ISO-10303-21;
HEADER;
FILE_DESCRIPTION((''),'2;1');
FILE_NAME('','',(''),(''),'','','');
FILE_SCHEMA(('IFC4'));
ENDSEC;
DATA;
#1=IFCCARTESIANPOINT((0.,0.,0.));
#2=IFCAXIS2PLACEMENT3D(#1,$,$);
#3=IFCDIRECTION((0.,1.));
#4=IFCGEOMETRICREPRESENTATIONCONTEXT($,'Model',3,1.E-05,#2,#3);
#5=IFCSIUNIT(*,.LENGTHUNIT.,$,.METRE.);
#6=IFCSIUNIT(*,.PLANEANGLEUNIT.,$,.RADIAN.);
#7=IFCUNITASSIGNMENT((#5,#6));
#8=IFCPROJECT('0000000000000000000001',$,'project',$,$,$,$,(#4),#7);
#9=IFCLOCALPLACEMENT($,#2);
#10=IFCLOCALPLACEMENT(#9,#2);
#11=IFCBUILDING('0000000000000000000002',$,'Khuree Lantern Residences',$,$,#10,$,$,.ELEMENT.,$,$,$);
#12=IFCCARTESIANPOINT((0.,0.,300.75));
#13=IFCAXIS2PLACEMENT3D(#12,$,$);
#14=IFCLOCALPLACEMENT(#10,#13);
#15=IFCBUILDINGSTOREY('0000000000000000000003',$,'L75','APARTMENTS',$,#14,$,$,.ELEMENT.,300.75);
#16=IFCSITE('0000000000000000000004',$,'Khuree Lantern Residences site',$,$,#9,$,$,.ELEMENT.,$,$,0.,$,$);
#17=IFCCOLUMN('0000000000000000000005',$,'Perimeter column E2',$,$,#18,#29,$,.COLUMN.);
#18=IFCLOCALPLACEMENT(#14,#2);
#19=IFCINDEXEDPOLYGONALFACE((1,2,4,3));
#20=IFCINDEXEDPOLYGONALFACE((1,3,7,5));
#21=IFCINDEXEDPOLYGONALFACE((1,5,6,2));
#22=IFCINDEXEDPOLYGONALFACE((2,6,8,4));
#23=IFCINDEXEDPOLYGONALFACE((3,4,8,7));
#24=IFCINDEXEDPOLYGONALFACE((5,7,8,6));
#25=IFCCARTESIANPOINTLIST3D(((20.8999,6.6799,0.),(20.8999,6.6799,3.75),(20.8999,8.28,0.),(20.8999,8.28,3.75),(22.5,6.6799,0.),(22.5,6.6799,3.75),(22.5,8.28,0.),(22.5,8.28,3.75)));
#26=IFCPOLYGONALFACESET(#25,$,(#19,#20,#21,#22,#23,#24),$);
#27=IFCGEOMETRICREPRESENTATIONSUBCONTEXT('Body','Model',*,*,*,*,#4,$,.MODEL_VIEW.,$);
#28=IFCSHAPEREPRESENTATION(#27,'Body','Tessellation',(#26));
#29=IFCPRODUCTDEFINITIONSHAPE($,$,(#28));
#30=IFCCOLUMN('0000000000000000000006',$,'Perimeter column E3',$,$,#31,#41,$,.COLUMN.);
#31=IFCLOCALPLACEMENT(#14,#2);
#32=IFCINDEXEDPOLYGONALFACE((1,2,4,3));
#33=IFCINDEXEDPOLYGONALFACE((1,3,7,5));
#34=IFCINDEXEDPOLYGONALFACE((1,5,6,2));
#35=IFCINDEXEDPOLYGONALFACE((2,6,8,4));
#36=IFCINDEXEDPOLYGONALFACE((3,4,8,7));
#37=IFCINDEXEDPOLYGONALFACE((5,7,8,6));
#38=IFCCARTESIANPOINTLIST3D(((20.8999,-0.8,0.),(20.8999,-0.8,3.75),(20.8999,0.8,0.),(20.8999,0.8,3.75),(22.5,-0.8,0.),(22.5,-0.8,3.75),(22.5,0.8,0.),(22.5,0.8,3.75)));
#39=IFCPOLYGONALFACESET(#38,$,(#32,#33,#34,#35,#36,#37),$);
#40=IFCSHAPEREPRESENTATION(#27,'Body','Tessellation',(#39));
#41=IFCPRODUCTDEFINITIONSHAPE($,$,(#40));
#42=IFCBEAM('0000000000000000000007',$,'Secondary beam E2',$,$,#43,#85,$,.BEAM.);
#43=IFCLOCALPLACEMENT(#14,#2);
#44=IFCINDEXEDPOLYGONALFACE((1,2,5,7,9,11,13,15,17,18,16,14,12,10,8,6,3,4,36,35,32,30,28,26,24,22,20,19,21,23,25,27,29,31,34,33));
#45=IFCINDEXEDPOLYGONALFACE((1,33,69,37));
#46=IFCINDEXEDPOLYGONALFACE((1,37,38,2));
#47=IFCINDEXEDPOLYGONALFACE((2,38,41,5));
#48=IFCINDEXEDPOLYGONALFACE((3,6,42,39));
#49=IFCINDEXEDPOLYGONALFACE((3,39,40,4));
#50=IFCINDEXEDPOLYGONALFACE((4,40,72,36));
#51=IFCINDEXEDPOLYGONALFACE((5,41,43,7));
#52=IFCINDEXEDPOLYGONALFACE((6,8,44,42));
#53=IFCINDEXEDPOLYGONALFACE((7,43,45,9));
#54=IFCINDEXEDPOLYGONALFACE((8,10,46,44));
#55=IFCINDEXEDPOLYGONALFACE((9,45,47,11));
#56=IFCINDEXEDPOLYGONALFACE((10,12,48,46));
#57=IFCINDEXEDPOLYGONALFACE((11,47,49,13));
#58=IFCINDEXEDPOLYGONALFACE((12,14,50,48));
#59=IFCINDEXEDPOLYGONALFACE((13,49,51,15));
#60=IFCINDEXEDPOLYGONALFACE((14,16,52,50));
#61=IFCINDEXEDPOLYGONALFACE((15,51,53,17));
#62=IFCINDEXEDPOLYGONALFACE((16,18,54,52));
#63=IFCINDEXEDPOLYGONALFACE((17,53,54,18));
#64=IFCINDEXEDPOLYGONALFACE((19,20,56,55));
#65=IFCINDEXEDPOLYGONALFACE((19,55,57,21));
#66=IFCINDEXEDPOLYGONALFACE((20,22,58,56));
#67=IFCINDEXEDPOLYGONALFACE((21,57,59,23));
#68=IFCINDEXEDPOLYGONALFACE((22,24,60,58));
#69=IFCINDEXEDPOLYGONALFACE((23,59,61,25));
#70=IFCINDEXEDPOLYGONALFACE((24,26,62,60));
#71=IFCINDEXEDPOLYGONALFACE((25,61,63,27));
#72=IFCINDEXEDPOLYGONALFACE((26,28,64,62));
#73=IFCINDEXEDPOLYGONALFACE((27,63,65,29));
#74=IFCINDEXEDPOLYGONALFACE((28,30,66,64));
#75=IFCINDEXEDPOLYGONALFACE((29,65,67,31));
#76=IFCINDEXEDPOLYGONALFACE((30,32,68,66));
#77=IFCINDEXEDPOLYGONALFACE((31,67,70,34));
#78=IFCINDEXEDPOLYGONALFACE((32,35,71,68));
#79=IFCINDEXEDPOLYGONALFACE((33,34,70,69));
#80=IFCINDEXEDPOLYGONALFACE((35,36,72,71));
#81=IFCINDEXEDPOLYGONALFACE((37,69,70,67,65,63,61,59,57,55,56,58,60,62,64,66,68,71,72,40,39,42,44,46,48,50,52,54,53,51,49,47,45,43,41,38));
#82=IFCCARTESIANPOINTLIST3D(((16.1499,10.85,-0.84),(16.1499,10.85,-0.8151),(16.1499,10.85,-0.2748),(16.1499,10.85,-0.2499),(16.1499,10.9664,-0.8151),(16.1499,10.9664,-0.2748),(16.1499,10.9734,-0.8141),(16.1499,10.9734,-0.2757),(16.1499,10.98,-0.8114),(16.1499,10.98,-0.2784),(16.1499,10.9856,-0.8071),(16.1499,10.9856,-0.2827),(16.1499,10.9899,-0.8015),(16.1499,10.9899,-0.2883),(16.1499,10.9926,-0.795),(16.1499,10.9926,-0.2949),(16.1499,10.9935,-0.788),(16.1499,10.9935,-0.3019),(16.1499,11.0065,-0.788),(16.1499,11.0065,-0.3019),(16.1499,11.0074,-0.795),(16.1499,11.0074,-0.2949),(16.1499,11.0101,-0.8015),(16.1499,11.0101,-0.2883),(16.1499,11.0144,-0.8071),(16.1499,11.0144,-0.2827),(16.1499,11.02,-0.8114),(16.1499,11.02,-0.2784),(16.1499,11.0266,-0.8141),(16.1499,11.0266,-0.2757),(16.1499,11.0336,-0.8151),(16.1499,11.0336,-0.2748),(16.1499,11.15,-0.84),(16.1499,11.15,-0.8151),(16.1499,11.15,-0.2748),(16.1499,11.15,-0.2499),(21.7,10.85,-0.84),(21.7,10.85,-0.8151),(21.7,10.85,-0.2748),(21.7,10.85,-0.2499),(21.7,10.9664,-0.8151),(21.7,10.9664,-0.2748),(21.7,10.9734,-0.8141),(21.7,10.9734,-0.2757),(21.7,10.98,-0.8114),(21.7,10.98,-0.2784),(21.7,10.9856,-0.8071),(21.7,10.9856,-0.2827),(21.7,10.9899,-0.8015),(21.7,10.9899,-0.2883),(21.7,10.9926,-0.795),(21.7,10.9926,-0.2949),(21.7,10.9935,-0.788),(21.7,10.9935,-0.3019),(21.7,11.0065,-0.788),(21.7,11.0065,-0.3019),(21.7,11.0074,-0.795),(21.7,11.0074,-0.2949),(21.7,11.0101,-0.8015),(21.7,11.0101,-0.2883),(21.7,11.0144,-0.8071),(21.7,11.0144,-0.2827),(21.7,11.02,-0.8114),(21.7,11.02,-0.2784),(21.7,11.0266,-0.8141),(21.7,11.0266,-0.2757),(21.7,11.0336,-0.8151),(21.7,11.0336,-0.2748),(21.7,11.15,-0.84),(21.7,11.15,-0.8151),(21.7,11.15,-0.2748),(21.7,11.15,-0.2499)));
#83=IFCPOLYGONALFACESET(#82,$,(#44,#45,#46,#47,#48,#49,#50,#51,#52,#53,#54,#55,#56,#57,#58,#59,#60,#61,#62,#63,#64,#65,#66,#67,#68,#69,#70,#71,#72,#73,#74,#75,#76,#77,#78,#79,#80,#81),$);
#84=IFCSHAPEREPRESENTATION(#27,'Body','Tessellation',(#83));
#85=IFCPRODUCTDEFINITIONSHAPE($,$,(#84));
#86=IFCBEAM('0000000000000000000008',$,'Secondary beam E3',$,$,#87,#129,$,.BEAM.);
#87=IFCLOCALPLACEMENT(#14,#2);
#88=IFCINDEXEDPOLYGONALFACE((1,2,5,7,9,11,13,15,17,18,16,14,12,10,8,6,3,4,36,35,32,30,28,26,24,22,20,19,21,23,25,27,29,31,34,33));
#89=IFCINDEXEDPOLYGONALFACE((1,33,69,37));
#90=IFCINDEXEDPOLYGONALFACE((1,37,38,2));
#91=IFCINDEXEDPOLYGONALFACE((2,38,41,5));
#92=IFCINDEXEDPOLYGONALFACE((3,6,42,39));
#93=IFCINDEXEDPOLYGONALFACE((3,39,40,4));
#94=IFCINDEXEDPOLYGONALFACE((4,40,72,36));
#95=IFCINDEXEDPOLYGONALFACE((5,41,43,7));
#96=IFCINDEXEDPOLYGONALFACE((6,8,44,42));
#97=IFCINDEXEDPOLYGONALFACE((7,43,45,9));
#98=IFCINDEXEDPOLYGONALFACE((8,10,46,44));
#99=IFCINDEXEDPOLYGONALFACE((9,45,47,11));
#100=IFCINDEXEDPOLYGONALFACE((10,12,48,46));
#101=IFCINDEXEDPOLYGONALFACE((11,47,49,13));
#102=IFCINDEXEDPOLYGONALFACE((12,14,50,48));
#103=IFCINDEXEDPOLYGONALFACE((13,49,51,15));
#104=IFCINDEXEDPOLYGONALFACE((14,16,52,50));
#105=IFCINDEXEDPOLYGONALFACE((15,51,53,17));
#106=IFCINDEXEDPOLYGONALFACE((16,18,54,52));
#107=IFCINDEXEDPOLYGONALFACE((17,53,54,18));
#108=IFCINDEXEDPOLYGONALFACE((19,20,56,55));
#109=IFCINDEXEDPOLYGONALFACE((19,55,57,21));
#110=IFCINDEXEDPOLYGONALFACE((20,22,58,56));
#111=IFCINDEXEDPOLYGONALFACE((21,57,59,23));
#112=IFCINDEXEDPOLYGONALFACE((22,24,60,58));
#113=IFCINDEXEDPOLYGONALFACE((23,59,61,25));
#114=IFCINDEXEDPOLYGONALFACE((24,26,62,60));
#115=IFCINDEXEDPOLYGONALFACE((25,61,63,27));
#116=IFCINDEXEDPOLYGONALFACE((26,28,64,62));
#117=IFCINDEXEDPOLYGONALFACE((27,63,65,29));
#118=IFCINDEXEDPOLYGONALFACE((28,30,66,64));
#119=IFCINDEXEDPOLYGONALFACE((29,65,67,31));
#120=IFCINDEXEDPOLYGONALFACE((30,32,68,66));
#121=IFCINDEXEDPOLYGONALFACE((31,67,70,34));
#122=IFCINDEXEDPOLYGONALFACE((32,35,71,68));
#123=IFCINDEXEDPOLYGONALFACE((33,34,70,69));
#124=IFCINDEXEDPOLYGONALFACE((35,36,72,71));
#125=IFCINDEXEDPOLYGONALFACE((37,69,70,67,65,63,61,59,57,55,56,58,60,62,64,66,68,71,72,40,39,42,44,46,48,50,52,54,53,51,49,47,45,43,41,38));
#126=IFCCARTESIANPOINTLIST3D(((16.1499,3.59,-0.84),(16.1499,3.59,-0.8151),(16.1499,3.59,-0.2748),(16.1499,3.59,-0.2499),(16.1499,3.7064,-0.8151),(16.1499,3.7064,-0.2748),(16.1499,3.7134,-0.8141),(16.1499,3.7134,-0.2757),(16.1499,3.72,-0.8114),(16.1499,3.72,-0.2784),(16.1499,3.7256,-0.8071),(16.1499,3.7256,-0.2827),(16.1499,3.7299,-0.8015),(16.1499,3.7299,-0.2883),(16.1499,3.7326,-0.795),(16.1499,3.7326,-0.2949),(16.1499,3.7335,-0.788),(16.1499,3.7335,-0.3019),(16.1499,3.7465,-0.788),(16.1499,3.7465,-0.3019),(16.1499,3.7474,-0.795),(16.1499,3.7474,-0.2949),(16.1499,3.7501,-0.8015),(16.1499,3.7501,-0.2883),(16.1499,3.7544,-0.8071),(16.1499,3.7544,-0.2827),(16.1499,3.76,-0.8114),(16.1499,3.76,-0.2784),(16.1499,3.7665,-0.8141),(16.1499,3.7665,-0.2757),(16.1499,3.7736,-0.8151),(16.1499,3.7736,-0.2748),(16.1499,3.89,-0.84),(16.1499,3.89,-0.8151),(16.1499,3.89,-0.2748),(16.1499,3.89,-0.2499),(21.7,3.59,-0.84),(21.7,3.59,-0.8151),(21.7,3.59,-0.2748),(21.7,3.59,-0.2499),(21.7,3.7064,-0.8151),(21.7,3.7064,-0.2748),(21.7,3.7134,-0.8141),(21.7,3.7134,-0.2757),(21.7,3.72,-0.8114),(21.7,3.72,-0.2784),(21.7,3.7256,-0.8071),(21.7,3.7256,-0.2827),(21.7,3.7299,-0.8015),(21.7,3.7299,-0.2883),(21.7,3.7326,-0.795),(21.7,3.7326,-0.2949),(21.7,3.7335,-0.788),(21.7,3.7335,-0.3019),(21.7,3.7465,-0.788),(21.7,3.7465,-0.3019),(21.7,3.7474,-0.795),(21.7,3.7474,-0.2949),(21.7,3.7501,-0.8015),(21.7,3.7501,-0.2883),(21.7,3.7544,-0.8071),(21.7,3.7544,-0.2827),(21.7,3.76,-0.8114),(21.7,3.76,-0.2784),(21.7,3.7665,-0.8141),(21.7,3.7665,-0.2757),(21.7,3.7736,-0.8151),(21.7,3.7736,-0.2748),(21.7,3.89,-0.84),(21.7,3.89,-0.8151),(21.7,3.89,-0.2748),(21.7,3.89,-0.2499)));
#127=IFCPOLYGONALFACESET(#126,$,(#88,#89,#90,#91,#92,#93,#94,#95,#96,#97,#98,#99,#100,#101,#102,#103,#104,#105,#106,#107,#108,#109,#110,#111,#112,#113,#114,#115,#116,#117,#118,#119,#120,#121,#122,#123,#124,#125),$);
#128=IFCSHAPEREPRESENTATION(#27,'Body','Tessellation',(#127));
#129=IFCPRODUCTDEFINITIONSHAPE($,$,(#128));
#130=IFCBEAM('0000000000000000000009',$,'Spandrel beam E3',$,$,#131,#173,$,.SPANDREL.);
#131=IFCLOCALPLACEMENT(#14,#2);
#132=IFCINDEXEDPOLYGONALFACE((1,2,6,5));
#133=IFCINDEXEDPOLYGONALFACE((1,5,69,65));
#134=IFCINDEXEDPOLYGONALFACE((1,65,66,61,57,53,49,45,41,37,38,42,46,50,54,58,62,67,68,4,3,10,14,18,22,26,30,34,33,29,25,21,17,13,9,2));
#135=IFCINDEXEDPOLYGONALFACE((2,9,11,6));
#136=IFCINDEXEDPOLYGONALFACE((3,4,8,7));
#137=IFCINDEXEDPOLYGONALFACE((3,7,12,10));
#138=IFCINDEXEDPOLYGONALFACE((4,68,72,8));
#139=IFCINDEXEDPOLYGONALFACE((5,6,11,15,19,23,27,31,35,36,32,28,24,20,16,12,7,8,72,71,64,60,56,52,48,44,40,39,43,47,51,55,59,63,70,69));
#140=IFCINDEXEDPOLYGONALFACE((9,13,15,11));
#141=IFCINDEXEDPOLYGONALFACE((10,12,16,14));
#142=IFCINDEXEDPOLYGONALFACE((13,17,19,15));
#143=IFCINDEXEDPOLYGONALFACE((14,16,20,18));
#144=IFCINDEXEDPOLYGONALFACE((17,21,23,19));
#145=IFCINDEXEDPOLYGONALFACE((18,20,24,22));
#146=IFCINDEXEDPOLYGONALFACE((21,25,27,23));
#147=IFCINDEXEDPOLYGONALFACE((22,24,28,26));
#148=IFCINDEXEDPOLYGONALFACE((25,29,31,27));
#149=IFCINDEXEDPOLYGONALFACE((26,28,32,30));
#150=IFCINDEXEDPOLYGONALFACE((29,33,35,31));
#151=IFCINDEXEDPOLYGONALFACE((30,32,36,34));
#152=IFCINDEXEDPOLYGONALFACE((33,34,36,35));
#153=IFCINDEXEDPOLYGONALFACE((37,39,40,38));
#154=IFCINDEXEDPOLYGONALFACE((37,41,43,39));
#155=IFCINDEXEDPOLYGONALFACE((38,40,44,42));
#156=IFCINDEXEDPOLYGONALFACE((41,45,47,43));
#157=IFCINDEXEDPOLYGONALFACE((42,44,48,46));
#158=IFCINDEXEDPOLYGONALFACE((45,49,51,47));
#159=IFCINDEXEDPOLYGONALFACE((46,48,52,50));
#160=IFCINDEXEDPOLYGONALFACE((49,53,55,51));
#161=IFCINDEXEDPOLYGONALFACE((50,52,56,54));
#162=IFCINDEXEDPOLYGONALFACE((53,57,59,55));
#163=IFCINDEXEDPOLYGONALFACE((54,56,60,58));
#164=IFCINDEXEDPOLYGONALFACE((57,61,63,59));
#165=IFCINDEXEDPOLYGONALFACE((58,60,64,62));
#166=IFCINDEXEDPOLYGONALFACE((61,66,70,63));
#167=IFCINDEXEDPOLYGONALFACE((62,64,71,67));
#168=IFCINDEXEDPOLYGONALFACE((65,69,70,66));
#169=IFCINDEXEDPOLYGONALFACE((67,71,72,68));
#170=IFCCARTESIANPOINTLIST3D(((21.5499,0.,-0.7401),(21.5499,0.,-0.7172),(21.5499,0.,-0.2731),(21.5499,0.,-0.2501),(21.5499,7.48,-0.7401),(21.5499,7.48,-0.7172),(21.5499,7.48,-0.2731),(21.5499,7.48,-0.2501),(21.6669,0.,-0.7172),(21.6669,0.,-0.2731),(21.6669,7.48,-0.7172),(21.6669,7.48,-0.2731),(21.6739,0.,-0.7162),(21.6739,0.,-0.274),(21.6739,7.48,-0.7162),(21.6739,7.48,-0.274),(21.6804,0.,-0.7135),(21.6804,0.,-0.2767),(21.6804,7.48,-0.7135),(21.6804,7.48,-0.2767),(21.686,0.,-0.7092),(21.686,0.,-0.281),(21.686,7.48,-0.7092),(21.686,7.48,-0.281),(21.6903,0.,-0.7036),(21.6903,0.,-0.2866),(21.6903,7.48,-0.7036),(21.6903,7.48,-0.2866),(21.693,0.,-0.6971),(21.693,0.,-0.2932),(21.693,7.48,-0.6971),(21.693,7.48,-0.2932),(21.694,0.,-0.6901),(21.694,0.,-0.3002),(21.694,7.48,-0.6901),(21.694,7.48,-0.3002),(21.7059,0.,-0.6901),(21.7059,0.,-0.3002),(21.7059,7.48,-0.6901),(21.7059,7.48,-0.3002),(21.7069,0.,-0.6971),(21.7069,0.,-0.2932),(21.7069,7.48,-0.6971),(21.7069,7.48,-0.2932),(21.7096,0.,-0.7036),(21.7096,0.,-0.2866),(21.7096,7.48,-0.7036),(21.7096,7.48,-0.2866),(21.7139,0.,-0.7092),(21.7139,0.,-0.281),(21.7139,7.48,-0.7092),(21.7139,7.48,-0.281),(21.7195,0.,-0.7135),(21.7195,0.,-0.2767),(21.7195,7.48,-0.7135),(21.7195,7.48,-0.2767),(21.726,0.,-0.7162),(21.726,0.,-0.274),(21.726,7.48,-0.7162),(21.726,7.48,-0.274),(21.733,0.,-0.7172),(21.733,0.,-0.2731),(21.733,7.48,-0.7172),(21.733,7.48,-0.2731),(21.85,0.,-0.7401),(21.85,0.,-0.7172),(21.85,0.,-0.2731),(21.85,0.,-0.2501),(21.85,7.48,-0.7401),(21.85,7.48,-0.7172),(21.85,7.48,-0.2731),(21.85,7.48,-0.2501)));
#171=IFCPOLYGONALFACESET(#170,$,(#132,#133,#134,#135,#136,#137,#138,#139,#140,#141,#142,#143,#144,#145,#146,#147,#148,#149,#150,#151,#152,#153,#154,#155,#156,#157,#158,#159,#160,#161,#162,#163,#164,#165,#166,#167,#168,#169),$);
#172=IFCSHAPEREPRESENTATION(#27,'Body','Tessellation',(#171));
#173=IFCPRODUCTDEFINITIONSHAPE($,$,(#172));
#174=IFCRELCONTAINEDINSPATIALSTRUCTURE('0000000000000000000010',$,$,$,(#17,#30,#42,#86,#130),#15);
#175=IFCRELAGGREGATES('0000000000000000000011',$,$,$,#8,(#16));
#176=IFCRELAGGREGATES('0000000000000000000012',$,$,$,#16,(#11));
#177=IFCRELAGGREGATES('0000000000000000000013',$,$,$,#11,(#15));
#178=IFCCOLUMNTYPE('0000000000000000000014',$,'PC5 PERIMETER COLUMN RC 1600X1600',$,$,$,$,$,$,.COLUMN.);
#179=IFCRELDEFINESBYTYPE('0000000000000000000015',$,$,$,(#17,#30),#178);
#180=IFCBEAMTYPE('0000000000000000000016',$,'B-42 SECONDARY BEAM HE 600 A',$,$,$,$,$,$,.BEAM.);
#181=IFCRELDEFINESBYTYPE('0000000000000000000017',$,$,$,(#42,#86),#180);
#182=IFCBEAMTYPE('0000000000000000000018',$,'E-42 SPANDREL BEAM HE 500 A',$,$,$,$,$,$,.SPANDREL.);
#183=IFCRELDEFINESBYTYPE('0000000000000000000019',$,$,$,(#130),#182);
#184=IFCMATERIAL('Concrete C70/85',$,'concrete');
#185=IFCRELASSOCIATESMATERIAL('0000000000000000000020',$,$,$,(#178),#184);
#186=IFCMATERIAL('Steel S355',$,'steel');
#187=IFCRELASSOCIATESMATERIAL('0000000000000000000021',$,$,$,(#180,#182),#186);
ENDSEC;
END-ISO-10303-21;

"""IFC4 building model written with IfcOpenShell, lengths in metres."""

from ifc_helpers import new_model, si_unit, direction, frame, origin, origin_2d, place, context, subcontext, project, spatial, rectangle, i_section, extrude, material, material_profile, profile_set, type_object, element, save


model = new_model("IFC4")

# Units and contexts
model_context = context("Model", 3, precision=1e-05, world=origin(), true_north=direction((0.0, 1.0)))
body_context = subcontext(model_context, "Body", "Model", "MODEL_VIEW")
ifc_project = project(units=[si_unit("LENGTHUNIT", "METRE"), si_unit("PLANEANGLEUNIT", "RADIAN")], contexts=[model_context])

# Site, building, storey
site_placement = place(None, origin())
site = spatial("IfcSite", under=ifc_project, at=site_placement, Name="Khuree Lantern Residences site", CompositionType="ELEMENT", RefElevation=0.0)
building_placement = place(site_placement, origin())
building = spatial("IfcBuilding", under=site, at=building_placement, Name="Khuree Lantern Residences", CompositionType="ELEMENT")
storey_placement = place(building_placement, frame((0.0, 0.0, 300.75)))
storey = spatial("IfcBuildingStorey", under=building, at=storey_placement, Name="L75", Description="APARTMENTS", CompositionType="ELEMENT", Elevation=300.75)

# Columns
ifc_material_1 = material(Name="Concrete C70/85", Category="concrete")
ifc_material_profile_1 = material_profile(ifc_material_1, rectangle(XDim=1.6001, YDim=1.6001, at=origin_2d()), Name="RC 1600X1600")
ifc_profile_set_1 = profile_set([ifc_material_profile_1], Name="Concrete C70/85")
column_type = type_object("IfcColumnType", Name="PC5 PERIMETER COLUMN RC 1600X1600", PredefinedType="COLUMN", material=ifc_profile_set_1)
for number, where, z_axis, x_axis, name in (
    (1, (21.7, 7.48, 0.0), (0.0, 0.0, 1.0), (0.0, 1.0, 0.0), "Perimeter column E2"),
    (2, (21.7, 0.0, 0.0), (0.0, 0.0, 1.0), (0.0, 1.0, 0.0), "Perimeter column E3"),
):
    element("IfcColumn", number, at=place(storey_placement, frame(where, z_axis=z_axis, x_axis=x_axis)), inside=storey, type_object=column_type, Name=name, PredefinedType="COLUMN", context=body_context, shape_type="SweptSolid", body=[
        extrude(rectangle(XDim=1.6001, YDim=1.6001, at=origin_2d()), origin(), (0.0, 0.0, 1.0), 3.75),
    ])

# Beams
ifc_material_2 = material(Name="Steel S355", Category="steel")
ifc_material_profile_2 = material_profile(ifc_material_2, i_section(OverallWidth=0.3, OverallDepth=0.5901, WebThickness=0.0129, FlangeThickness=0.0249, FilletRadius=0.0271, at=origin_2d()), Name="HE 600 A")
ifc_profile_set_2 = profile_set([ifc_material_profile_2], Name="Steel S355")
beam_type_1 = type_object("IfcBeamType", Name="B-42 SECONDARY BEAM HE 600 A", PredefinedType="BEAM", material=ifc_profile_set_2)
for number, where, z_axis, x_axis, name in (
    (3, (21.7, 11.0, -0.5449), (-1.0, 0.0, 0.0), (0.0, -1.0, 0.0), "Secondary beam E2"),
    (4, (21.7, 3.74, -0.5449), (-1.0, 0.0, 0.0), (0.0, -1.0, 0.0), "Secondary beam E3"),
):
    element("IfcBeam", number, at=place(storey_placement, frame(where, z_axis=z_axis, x_axis=x_axis)), inside=storey, type_object=beam_type_1, Name=name, PredefinedType="BEAM", context=body_context, shape_type="SweptSolid", body=[
        extrude(i_section(OverallWidth=0.3, OverallDepth=0.5901, WebThickness=0.0129, FlangeThickness=0.0249, FilletRadius=0.0271, at=origin_2d()), origin(), (0.0, 0.0, 1.0), 5.55),
    ])
ifc_material_profile_3 = material_profile(ifc_material_2, i_section(OverallWidth=0.3, OverallDepth=0.49, WebThickness=0.012, FlangeThickness=0.0229, FilletRadius=0.0271, at=origin_2d()), Name="HE 500 A")
ifc_profile_set_3 = profile_set([ifc_material_profile_3], Name="Steel S355")
beam_type_2 = type_object("IfcBeamType", Name="E-42 SPANDREL BEAM HE 500 A", PredefinedType="SPANDREL", material=ifc_profile_set_3)
for number, where, z_axis, x_axis, name in (
    (5, (21.7, 7.48, -0.4951), (0.0, -1.0, 0.0), (1.0, 0.0, 0.0), "Spandrel beam E3"),
):
    element("IfcBeam", number, at=place(storey_placement, frame(where, z_axis=z_axis, x_axis=x_axis)), inside=storey, type_object=beam_type_2, Name=name, PredefinedType="SPANDREL", context=body_context, shape_type="SweptSolid", body=[
        extrude(i_section(OverallWidth=0.3, OverallDepth=0.49, WebThickness=0.012, FlangeThickness=0.0229, FilletRadius=0.0271, at=origin_2d()), origin(), (0.0, 0.0, 1.0), 7.48),
    ])

save(model, "model.ifc")
